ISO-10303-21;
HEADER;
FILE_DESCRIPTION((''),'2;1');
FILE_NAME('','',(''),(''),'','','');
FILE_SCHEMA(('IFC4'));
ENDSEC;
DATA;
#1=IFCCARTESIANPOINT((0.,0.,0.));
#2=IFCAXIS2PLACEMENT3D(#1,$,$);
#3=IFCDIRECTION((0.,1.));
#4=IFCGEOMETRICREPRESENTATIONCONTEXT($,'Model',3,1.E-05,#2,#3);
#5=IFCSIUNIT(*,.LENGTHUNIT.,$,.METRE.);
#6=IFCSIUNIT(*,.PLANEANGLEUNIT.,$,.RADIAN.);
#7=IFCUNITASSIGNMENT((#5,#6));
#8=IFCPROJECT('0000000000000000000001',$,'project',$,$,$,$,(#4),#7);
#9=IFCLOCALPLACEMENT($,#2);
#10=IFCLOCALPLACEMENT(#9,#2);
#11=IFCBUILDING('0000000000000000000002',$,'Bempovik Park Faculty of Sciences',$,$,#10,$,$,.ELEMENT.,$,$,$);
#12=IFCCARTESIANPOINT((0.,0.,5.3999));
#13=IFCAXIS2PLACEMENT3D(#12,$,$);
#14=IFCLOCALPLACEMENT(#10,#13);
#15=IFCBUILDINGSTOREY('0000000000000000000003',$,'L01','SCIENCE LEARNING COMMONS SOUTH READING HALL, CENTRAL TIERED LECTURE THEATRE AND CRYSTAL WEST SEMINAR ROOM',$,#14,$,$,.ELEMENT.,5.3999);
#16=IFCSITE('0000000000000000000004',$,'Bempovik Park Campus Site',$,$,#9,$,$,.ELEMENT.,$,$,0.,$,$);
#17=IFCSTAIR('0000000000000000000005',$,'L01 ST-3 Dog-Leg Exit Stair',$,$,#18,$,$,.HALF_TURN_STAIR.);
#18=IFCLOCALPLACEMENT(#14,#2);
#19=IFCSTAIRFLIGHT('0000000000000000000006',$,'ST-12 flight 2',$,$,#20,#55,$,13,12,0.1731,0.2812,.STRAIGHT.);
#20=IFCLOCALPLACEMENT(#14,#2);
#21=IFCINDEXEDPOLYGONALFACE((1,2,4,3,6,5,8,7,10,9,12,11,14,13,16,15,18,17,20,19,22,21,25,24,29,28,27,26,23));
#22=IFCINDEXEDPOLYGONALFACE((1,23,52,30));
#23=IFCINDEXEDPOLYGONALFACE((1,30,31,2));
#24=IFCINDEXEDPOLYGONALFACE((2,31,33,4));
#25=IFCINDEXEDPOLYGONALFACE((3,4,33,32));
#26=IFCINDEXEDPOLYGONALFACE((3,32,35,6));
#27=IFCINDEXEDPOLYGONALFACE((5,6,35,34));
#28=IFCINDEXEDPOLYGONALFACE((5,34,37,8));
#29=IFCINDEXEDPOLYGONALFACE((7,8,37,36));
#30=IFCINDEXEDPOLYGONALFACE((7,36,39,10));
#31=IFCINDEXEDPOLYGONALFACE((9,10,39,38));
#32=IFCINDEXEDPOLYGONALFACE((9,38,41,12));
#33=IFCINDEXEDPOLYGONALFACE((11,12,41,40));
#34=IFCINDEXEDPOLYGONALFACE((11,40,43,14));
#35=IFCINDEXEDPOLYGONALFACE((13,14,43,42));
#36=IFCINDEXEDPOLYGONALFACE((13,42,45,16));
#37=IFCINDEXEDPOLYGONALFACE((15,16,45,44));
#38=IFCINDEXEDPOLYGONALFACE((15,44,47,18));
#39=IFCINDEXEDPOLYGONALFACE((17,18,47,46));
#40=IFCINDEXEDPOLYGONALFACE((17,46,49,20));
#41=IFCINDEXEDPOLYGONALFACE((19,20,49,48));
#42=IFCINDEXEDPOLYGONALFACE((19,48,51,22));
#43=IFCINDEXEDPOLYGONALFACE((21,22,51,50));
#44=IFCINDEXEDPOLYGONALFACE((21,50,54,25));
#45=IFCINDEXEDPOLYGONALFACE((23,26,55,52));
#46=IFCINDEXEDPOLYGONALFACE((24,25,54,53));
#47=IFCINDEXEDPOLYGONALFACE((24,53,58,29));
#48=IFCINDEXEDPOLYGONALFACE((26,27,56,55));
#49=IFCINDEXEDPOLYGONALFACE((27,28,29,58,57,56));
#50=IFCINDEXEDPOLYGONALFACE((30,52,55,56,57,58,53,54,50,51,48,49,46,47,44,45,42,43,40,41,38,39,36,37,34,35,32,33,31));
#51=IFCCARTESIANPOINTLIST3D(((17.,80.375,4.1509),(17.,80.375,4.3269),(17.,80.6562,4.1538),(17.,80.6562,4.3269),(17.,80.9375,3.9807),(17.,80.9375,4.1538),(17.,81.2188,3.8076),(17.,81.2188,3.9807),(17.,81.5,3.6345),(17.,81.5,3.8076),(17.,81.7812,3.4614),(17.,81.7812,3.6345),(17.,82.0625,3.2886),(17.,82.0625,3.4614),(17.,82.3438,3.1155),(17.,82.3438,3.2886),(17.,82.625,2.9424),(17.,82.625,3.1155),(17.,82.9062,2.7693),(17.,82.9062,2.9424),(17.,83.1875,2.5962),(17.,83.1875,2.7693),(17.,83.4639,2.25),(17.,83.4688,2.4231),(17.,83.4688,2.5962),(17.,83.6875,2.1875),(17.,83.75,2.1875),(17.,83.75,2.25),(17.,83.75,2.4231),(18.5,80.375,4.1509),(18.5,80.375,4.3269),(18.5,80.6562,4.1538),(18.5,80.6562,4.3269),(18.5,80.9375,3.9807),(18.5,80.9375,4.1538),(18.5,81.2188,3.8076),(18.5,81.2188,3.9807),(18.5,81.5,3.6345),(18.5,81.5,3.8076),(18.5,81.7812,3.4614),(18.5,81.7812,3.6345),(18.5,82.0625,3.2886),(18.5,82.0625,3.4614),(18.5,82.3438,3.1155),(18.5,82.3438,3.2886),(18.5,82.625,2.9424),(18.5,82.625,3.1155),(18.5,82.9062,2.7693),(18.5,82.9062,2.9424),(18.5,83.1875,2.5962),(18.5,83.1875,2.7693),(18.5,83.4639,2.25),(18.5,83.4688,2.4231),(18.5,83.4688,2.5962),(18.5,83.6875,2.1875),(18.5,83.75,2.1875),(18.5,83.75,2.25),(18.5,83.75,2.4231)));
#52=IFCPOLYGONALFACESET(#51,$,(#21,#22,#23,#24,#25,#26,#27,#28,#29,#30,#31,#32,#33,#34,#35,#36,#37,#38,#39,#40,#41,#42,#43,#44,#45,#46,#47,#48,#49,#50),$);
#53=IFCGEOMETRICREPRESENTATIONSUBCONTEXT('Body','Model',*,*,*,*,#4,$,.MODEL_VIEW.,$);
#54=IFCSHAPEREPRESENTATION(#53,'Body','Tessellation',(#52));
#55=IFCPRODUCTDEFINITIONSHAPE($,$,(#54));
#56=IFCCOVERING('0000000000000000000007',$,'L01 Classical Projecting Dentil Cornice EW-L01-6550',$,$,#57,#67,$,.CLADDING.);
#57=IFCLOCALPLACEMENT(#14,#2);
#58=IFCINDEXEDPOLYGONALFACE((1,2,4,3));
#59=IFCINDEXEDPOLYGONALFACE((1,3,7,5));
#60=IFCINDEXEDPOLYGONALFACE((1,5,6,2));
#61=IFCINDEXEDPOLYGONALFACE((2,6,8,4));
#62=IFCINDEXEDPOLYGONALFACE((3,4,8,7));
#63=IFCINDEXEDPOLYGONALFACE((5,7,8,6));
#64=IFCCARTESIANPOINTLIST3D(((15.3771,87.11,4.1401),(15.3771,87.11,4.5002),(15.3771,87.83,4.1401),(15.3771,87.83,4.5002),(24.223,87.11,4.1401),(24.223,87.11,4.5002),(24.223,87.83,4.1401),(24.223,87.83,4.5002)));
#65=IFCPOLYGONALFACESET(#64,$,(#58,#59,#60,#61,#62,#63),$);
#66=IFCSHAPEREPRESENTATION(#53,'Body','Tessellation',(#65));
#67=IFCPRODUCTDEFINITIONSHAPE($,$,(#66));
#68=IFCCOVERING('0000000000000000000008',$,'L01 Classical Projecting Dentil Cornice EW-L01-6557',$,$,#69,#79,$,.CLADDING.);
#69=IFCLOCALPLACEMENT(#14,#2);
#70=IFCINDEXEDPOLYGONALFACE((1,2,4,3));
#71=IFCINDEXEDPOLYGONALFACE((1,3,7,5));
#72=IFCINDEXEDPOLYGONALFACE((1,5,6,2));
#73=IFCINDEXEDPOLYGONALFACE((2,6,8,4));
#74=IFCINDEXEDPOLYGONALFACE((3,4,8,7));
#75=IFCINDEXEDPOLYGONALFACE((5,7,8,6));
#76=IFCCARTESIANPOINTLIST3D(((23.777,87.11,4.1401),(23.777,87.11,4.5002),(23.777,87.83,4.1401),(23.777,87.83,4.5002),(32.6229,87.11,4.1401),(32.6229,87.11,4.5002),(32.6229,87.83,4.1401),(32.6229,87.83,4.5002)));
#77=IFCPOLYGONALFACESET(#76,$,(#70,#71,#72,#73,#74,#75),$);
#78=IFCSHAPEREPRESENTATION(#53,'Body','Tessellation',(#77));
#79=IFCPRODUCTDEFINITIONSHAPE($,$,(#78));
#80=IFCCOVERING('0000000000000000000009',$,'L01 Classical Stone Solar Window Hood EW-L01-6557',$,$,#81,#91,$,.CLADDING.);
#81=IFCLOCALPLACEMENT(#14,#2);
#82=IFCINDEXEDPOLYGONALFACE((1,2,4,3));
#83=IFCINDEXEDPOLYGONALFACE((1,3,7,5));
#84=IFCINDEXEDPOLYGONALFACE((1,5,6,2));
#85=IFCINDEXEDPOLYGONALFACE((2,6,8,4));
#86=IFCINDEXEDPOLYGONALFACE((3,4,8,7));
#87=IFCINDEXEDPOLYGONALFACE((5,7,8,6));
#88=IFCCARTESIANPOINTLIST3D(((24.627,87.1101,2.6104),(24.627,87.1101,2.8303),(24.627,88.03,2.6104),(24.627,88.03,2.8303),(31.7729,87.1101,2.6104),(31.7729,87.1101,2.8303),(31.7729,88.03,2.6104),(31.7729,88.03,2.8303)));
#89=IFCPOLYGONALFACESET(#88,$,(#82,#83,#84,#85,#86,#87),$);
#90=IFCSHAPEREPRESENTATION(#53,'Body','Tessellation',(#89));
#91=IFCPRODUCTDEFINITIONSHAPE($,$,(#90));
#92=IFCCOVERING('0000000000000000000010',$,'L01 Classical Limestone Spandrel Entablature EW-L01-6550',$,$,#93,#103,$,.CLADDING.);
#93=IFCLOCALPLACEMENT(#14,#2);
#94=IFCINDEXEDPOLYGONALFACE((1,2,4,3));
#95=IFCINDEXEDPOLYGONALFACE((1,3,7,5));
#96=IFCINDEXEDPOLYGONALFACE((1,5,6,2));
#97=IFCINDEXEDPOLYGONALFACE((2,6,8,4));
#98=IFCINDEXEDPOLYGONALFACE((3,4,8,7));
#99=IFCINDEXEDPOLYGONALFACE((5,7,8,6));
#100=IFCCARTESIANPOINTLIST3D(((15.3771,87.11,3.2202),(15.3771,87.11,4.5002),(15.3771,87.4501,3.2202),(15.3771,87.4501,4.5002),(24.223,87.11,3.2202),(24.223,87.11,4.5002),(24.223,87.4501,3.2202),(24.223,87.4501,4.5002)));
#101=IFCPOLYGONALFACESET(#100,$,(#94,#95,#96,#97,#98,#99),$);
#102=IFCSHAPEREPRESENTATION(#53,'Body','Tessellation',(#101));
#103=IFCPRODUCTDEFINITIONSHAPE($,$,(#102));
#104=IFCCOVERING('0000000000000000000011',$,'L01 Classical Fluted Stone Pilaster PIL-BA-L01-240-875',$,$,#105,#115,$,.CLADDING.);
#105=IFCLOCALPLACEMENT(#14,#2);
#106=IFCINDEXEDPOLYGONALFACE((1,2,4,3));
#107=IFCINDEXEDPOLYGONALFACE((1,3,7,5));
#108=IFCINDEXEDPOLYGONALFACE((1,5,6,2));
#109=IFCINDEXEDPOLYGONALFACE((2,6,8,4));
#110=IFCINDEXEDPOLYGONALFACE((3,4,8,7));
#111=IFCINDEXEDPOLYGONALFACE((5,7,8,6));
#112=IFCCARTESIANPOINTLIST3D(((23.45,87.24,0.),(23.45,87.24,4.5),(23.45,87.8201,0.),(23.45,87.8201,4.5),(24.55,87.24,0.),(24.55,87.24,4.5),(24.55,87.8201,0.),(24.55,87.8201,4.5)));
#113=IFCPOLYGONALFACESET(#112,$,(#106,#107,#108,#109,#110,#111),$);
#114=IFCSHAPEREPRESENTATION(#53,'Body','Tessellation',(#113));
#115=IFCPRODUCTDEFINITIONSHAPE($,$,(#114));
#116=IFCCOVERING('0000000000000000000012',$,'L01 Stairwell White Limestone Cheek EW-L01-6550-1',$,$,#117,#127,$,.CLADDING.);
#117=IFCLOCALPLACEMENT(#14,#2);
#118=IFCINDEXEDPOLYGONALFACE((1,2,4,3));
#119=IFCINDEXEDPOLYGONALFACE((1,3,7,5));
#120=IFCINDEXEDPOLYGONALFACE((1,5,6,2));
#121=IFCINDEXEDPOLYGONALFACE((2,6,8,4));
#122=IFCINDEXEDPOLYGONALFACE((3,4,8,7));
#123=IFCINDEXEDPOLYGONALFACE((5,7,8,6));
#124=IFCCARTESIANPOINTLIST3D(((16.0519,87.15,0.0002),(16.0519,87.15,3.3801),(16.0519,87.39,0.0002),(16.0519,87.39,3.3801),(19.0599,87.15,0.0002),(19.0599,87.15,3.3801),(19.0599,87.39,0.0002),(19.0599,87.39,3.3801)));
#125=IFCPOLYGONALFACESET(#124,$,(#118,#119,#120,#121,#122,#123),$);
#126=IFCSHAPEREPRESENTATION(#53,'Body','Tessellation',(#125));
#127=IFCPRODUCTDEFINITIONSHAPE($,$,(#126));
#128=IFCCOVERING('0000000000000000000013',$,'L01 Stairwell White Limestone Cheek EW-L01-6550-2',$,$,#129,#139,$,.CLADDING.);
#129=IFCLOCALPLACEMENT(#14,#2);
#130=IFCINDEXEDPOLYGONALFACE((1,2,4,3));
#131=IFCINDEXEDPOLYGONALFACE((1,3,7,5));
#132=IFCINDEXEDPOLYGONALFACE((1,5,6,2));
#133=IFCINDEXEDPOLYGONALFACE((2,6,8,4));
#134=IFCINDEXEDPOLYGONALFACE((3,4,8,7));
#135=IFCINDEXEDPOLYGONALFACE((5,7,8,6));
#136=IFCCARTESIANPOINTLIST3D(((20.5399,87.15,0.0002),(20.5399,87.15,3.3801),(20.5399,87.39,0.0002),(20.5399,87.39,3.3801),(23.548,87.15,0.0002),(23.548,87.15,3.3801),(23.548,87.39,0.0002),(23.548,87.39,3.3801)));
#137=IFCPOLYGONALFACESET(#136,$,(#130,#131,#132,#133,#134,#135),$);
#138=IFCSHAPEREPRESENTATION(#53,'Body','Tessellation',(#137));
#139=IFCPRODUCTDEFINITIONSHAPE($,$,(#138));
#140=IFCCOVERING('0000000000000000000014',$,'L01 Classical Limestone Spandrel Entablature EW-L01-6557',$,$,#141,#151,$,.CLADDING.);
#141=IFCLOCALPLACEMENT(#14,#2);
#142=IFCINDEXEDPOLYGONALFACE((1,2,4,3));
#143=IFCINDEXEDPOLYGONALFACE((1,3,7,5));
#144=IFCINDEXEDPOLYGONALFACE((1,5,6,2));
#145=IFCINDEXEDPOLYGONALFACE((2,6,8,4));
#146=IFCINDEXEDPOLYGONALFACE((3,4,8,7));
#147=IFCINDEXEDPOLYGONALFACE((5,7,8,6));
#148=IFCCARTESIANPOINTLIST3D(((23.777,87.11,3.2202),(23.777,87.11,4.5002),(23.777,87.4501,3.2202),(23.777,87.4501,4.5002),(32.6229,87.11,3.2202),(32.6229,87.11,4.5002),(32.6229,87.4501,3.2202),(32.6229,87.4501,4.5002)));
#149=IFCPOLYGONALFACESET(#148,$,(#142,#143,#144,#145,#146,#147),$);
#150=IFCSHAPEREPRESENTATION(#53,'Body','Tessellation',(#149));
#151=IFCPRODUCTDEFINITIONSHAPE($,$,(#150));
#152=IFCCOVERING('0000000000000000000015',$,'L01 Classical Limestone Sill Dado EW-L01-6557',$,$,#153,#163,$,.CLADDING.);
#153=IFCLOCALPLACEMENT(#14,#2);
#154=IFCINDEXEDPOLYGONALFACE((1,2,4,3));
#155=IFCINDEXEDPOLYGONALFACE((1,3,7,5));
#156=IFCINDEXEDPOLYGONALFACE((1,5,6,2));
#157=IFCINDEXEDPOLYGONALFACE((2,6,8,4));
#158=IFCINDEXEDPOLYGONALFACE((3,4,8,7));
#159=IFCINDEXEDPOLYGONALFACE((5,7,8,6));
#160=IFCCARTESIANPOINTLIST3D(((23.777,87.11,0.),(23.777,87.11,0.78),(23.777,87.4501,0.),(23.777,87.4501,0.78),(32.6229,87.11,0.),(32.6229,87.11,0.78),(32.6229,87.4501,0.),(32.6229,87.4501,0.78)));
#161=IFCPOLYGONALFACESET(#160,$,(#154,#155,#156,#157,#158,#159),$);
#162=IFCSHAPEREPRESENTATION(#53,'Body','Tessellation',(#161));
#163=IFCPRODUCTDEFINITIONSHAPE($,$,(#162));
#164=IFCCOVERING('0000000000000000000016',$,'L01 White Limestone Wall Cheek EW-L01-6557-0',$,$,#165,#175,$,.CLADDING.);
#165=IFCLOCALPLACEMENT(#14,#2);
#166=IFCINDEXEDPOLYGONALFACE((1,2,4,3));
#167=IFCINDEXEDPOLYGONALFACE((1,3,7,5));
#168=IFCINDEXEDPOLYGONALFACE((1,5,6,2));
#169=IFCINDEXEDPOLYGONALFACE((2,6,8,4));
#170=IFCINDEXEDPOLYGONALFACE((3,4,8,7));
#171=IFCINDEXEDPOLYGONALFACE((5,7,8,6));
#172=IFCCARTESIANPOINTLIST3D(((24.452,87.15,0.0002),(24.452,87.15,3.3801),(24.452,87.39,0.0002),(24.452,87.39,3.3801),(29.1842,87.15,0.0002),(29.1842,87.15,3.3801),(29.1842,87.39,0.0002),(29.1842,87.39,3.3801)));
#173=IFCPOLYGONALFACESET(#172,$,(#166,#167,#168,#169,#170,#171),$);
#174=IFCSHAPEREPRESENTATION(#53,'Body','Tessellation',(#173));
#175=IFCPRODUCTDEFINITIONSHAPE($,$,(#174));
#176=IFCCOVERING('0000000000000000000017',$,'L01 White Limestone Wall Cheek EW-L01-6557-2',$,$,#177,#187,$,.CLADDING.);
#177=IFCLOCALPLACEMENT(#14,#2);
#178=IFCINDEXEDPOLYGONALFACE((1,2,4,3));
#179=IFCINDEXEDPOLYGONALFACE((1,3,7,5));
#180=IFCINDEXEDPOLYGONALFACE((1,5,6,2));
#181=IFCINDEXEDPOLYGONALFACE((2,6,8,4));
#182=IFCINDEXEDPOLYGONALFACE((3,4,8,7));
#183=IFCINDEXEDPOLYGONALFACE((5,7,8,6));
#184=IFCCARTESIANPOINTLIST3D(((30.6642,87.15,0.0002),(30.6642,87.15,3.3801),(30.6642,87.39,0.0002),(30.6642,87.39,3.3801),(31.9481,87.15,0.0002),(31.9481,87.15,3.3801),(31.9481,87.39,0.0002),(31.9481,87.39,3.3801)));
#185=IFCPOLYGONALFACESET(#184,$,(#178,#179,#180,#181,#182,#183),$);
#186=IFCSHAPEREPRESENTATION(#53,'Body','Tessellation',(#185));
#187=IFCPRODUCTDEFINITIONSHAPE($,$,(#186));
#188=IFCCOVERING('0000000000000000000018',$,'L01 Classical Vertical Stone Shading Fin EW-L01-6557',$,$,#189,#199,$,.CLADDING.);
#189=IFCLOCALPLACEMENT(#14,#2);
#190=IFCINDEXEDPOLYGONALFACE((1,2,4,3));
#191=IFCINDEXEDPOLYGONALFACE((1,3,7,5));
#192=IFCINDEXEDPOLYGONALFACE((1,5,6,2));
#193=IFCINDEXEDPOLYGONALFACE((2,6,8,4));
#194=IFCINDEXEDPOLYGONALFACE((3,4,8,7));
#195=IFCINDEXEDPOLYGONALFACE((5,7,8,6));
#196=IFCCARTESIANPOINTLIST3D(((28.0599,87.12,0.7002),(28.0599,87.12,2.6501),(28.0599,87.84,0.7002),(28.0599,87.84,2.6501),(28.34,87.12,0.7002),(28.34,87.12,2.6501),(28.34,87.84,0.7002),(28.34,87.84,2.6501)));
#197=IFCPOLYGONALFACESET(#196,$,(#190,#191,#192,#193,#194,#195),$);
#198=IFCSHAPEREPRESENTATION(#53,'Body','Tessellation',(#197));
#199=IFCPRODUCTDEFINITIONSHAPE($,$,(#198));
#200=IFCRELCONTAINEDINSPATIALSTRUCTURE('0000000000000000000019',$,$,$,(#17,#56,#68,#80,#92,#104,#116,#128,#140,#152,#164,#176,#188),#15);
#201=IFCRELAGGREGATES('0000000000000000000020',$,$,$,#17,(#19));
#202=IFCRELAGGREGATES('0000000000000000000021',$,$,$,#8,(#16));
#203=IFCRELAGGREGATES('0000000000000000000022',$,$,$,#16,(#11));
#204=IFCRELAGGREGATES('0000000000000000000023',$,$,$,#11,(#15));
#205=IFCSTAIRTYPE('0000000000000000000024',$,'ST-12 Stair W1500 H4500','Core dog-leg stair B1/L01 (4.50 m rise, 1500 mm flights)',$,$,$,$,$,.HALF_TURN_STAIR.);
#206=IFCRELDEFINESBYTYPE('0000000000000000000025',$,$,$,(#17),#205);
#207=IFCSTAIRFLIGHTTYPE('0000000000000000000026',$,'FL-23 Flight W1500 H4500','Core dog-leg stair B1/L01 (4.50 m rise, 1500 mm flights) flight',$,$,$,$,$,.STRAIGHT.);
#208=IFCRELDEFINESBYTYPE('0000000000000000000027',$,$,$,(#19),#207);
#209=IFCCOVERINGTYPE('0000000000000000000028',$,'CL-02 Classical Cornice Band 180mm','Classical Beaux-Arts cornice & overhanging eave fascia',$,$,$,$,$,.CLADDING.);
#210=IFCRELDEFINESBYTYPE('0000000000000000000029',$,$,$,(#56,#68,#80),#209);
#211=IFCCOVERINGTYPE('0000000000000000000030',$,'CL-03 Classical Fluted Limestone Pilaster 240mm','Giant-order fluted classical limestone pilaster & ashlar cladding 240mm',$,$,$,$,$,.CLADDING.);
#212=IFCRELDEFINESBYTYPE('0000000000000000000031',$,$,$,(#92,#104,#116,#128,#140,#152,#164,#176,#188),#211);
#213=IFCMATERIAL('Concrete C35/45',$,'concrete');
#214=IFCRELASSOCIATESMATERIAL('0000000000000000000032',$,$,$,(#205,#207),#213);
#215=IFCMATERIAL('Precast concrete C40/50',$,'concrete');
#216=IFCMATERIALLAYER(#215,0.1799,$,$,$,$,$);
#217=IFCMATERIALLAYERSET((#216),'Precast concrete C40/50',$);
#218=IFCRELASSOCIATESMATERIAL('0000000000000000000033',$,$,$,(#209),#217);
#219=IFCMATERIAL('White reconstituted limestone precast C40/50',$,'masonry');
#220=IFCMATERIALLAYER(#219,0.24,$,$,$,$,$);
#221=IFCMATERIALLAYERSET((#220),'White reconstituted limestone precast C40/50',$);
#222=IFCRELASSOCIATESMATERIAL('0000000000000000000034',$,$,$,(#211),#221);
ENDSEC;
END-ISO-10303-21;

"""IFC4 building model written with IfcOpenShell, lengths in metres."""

from ifc_helpers import new_model, si_unit, direction, frame, origin, origin_2d, place, context, subcontext, project, spatial, polyline, rectangle, outline, extrude, material, layer, layer_set, type_object, element, aggregate, save


model = new_model("IFC4")

# Units and contexts
model_context = context("Model", 3, precision=1e-05, world=origin(), true_north=direction((0.0, 1.0)))
body_context = subcontext(model_context, "Body", "Model", "MODEL_VIEW")
ifc_project = project(units=[si_unit("LENGTHUNIT", "METRE"), si_unit("PLANEANGLEUNIT", "RADIAN")], contexts=[model_context])

# Site, building, storey
site_placement = place(None, origin())
site = spatial("IfcSite", under=ifc_project, at=site_placement, Name="Bempovik Park Campus Site", CompositionType="ELEMENT", RefElevation=0.0)
building_placement = place(site_placement, origin())
building = spatial("IfcBuilding", under=site, at=building_placement, Name="Bempovik Park Faculty of Sciences", CompositionType="ELEMENT")
storey_placement = place(building_placement, frame((0.0, 0.0, 5.3999)))
storey = spatial("IfcBuildingStorey", under=building, at=storey_placement, Name="L01", Description="SCIENCE LEARNING COMMONS SOUTH READING HALL, CENTRAL TIERED LECTURE THEATRE AND CRYSTAL WEST SEMINAR ROOM", CompositionType="ELEMENT", Elevation=5.3999)

# Shared definitions
ifc_material_1 = material(Name="Concrete C35/45", Category="concrete")

# Shared definitions
ifc_material_2 = material(Name="Precast concrete C40/50", Category="concrete")

# Stair, stair flight
stair_type = type_object("IfcStairType", Name="ST-12 Stair W1500 H4500", Description="Core dog-leg stair B1/L01 (4.50 m rise, 1500 mm flights)", PredefinedType="HALF_TURN_STAIR", material=ifc_material_1)
stair_placement = place(storey_placement, origin())
stair = element("IfcStair", 1, at=stair_placement, inside=storey, type_object=stair_type, Name="L01 ST-3 Dog-Leg Exit Stair", PredefinedType="HALF_TURN_STAIR")
stair_flight_type = type_object("IfcStairFlightType", Name="FL-23 Flight W1500 H4500", Description="Core dog-leg stair B1/L01 (4.50 m rise, 1500 mm flights) flight", PredefinedType="STRAIGHT", material=ifc_material_1)
stair_flight_placement = place(storey_placement, frame((17.75, 83.75, 2.25), z_axis=(0.0, 0.0, 1.0), x_axis=(0.0, -1.0, 0.0)))
stair_flight = element("IfcStairFlight", 2, at=stair_flight_placement, type_object=stair_flight_type, Name="ST-12 flight 2", NumberOfRisers=13, NumberOfTreads=12, PredefinedType="STRAIGHT", RiserHeight=0.1731, TreadLength=0.2812, context=body_context, shape_type="SweptSolid", body=[
    extrude(outline(polyline([(0.0, 0.0), (0.0, 0.1731), (0.2812, 0.1731), (0.2812, 0.3462), (0.5625, 0.3462), (0.5625, 0.5193), (0.8438, 0.5193), (0.8438, 0.6924), (1.125, 0.6924), (1.125, 0.8655), (1.4062, 0.8655), (1.4062, 1.0386), (1.6875, 1.0386), (1.6875, 1.2114), (1.9688, 1.2114), (1.9688, 1.3845), (2.25, 1.3845), (2.25, 1.5576), (2.5312, 1.5576), (2.5312, 1.7307), (2.8125, 1.7307), (2.8125, 1.9038), (3.0938, 1.9038), (3.0938, 2.0769), (3.375, 2.0769), (3.375, 2.25), (3.375, 1.9009), (0.2861, 0.0), (0.0625, -0.0625), (0.0, -0.0625), (0.0, 0.0)])), frame((0.0, 0.75, 0.0), z_axis=(0.0, -1.0, 0.0), x_axis=(1.0, 0.0, 0.0)), (0.0, 0.0, 1.0), 1.5),
])
aggregate(stair, [stair_flight])

# Coverings
ifc_layer_1 = layer(ifc_material_2, 0.1799)
ifc_layer_set_1 = layer_set([ifc_layer_1], Name="Precast concrete C40/50")
covering_type_1 = type_object("IfcCoveringType", Name="CL-02 Classical Cornice Band 180mm", Description="Classical Beaux-Arts cornice & overhanging eave fascia", PredefinedType="CLADDING", material=ifc_layer_set_1)
for number, where, z_axis, x_axis, name in (
    (3, (19.8, 87.47, 4.1401), (0.0, 0.0, 1.0), (1.0, 0.0, 0.0), "L01 Classical Projecting Dentil Cornice EW-L01-6550"),
    (4, (28.2, 87.47, 4.1401), (0.0, 0.0, 1.0), (1.0, 0.0, 0.0), "L01 Classical Projecting Dentil Cornice EW-L01-6557"),
):
    element("IfcCovering", number, at=place(storey_placement, frame(where, z_axis=z_axis, x_axis=x_axis)), inside=storey, type_object=covering_type_1, Name=name, PredefinedType="CLADDING", context=body_context, shape_type="SweptSolid", body=[
        extrude(rectangle(XDim=8.8459, YDim=0.72, at=origin_2d()), origin(), (0.0, 0.0, 1.0), 0.3601),
    ])
covering_1_placement = place(storey_placement, frame((28.2, 87.5701, 2.6104), z_axis=(0.0, 0.0, 1.0), x_axis=(1.0, 0.0, 0.0)))
element("IfcCovering", 5, at=covering_1_placement, inside=storey, type_object=covering_type_1, Name="L01 Classical Stone Solar Window Hood EW-L01-6557", PredefinedType="CLADDING", context=body_context, shape_type="SweptSolid", body=[
    extrude(rectangle(XDim=7.146, YDim=0.9199, at=origin_2d()), origin(), (0.0, 0.0, 1.0), 0.22),
])
ifc_material_3 = material(Name="White reconstituted limestone precast C40/50", Category="masonry")
ifc_layer_2 = layer(ifc_material_3, 0.24)
ifc_layer_set_2 = layer_set([ifc_layer_2], Name="White reconstituted limestone precast C40/50")
covering_type_2 = type_object("IfcCoveringType", Name="CL-03 Classical Fluted Limestone Pilaster 240mm", Description="Giant-order fluted classical limestone pilaster & ashlar cladding 240mm", PredefinedType="CLADDING", material=ifc_layer_set_2)
covering_2_placement = place(storey_placement, frame((19.8, 87.28, 3.2202), z_axis=(0.0, 0.0, 1.0), x_axis=(1.0, 0.0, 0.0)))
element("IfcCovering", 6, at=covering_2_placement, inside=storey, type_object=covering_type_2, Name="L01 Classical Limestone Spandrel Entablature EW-L01-6550", PredefinedType="CLADDING", context=body_context, shape_type="SweptSolid", body=[
    extrude(rectangle(XDim=8.8459, YDim=0.3401, at=origin_2d()), origin(), (0.0, 0.0, 1.0), 1.28),
])
covering_3_placement = place(storey_placement, frame((24.0, 87.53, 0.0), z_axis=(0.0, 0.0, 1.0), x_axis=(1.0, 0.0, 0.0)))
element("IfcCovering", 7, at=covering_3_placement, inside=storey, type_object=covering_type_2, Name="L01 Classical Fluted Stone Pilaster PIL-BA-L01-240-875", PredefinedType="CLADDING", context=body_context, shape_type="SweptSolid", body=[
    extrude(rectangle(XDim=1.1001, YDim=0.5801, at=origin_2d()), origin(), (0.0, 0.0, 1.0), 4.5),
])
for number, where, z_axis, x_axis, name in (
    (8, (17.5559, 87.27, 0.0002), (0.0, 0.0, 1.0), (1.0, 0.0, 0.0), "L01 Stairwell White Limestone Cheek EW-L01-6550-1"),
    (9, (22.0439, 87.27, 0.0002), (0.0, 0.0, 1.0), (1.0, 0.0, 0.0), "L01 Stairwell White Limestone Cheek EW-L01-6550-2"),
):
    element("IfcCovering", number, at=place(storey_placement, frame(where, z_axis=z_axis, x_axis=x_axis)), inside=storey, type_object=covering_type_2, Name=name, PredefinedType="CLADDING", context=body_context, shape_type="SweptSolid", body=[
        extrude(rectangle(XDim=3.0081, YDim=0.24, at=origin_2d()), origin(), (0.0, 0.0, 1.0), 3.3799),
    ])
covering_4_placement = place(storey_placement, frame((28.2, 87.28, 3.2202), z_axis=(0.0, 0.0, 1.0), x_axis=(1.0, 0.0, 0.0)))
element("IfcCovering", 10, at=covering_4_placement, inside=storey, type_object=covering_type_2, Name="L01 Classical Limestone Spandrel Entablature EW-L01-6557", PredefinedType="CLADDING", context=body_context, shape_type="SweptSolid", body=[
    extrude(rectangle(XDim=8.8459, YDim=0.3401, at=origin_2d()), origin(), (0.0, 0.0, 1.0), 1.28),
])
covering_5_placement = place(storey_placement, frame((28.2, 87.28, 0.0), z_axis=(0.0, 0.0, 1.0), x_axis=(1.0, 0.0, 0.0)))
element("IfcCovering", 11, at=covering_5_placement, inside=storey, type_object=covering_type_2, Name="L01 Classical Limestone Sill Dado EW-L01-6557", PredefinedType="CLADDING", context=body_context, shape_type="SweptSolid", body=[
    extrude(rectangle(XDim=8.8459, YDim=0.3401, at=origin_2d()), origin(), (0.0, 0.0, 1.0), 0.78),
])
covering_6_placement = place(storey_placement, frame((26.8181, 87.27, 0.0002), z_axis=(0.0, 0.0, 1.0), x_axis=(1.0, 0.0, 0.0)))
element("IfcCovering", 12, at=covering_6_placement, inside=storey, type_object=covering_type_2, Name="L01 White Limestone Wall Cheek EW-L01-6557-0", PredefinedType="CLADDING", context=body_context, shape_type="SweptSolid", body=[
    extrude(rectangle(XDim=4.7322, YDim=0.24, at=origin_2d()), origin(), (0.0, 0.0, 1.0), 3.3799),
])
covering_7_placement = place(storey_placement, frame((31.3062, 87.27, 0.0002), z_axis=(0.0, 0.0, 1.0), x_axis=(1.0, 0.0, 0.0)))
element("IfcCovering", 13, at=covering_7_placement, inside=storey, type_object=covering_type_2, Name="L01 White Limestone Wall Cheek EW-L01-6557-2", PredefinedType="CLADDING", context=body_context, shape_type="SweptSolid", body=[
    extrude(rectangle(XDim=1.2839, YDim=0.24, at=origin_2d()), origin(), (0.0, 0.0, 1.0), 3.3799),
])
covering_8_placement = place(storey_placement, frame((28.2, 87.48, 0.7002), z_axis=(0.0, 0.0, 1.0), x_axis=(1.0, 0.0, 0.0)))
element("IfcCovering", 14, at=covering_8_placement, inside=storey, type_object=covering_type_2, Name="L01 Classical Vertical Stone Shading Fin EW-L01-6557", PredefinedType="CLADDING", context=body_context, shape_type="SweptSolid", body=[
    extrude(rectangle(XDim=0.28, YDim=0.72, at=origin_2d()), origin(), (0.0, 0.0, 1.0), 1.95),
])

save(model, "model.ifc")
